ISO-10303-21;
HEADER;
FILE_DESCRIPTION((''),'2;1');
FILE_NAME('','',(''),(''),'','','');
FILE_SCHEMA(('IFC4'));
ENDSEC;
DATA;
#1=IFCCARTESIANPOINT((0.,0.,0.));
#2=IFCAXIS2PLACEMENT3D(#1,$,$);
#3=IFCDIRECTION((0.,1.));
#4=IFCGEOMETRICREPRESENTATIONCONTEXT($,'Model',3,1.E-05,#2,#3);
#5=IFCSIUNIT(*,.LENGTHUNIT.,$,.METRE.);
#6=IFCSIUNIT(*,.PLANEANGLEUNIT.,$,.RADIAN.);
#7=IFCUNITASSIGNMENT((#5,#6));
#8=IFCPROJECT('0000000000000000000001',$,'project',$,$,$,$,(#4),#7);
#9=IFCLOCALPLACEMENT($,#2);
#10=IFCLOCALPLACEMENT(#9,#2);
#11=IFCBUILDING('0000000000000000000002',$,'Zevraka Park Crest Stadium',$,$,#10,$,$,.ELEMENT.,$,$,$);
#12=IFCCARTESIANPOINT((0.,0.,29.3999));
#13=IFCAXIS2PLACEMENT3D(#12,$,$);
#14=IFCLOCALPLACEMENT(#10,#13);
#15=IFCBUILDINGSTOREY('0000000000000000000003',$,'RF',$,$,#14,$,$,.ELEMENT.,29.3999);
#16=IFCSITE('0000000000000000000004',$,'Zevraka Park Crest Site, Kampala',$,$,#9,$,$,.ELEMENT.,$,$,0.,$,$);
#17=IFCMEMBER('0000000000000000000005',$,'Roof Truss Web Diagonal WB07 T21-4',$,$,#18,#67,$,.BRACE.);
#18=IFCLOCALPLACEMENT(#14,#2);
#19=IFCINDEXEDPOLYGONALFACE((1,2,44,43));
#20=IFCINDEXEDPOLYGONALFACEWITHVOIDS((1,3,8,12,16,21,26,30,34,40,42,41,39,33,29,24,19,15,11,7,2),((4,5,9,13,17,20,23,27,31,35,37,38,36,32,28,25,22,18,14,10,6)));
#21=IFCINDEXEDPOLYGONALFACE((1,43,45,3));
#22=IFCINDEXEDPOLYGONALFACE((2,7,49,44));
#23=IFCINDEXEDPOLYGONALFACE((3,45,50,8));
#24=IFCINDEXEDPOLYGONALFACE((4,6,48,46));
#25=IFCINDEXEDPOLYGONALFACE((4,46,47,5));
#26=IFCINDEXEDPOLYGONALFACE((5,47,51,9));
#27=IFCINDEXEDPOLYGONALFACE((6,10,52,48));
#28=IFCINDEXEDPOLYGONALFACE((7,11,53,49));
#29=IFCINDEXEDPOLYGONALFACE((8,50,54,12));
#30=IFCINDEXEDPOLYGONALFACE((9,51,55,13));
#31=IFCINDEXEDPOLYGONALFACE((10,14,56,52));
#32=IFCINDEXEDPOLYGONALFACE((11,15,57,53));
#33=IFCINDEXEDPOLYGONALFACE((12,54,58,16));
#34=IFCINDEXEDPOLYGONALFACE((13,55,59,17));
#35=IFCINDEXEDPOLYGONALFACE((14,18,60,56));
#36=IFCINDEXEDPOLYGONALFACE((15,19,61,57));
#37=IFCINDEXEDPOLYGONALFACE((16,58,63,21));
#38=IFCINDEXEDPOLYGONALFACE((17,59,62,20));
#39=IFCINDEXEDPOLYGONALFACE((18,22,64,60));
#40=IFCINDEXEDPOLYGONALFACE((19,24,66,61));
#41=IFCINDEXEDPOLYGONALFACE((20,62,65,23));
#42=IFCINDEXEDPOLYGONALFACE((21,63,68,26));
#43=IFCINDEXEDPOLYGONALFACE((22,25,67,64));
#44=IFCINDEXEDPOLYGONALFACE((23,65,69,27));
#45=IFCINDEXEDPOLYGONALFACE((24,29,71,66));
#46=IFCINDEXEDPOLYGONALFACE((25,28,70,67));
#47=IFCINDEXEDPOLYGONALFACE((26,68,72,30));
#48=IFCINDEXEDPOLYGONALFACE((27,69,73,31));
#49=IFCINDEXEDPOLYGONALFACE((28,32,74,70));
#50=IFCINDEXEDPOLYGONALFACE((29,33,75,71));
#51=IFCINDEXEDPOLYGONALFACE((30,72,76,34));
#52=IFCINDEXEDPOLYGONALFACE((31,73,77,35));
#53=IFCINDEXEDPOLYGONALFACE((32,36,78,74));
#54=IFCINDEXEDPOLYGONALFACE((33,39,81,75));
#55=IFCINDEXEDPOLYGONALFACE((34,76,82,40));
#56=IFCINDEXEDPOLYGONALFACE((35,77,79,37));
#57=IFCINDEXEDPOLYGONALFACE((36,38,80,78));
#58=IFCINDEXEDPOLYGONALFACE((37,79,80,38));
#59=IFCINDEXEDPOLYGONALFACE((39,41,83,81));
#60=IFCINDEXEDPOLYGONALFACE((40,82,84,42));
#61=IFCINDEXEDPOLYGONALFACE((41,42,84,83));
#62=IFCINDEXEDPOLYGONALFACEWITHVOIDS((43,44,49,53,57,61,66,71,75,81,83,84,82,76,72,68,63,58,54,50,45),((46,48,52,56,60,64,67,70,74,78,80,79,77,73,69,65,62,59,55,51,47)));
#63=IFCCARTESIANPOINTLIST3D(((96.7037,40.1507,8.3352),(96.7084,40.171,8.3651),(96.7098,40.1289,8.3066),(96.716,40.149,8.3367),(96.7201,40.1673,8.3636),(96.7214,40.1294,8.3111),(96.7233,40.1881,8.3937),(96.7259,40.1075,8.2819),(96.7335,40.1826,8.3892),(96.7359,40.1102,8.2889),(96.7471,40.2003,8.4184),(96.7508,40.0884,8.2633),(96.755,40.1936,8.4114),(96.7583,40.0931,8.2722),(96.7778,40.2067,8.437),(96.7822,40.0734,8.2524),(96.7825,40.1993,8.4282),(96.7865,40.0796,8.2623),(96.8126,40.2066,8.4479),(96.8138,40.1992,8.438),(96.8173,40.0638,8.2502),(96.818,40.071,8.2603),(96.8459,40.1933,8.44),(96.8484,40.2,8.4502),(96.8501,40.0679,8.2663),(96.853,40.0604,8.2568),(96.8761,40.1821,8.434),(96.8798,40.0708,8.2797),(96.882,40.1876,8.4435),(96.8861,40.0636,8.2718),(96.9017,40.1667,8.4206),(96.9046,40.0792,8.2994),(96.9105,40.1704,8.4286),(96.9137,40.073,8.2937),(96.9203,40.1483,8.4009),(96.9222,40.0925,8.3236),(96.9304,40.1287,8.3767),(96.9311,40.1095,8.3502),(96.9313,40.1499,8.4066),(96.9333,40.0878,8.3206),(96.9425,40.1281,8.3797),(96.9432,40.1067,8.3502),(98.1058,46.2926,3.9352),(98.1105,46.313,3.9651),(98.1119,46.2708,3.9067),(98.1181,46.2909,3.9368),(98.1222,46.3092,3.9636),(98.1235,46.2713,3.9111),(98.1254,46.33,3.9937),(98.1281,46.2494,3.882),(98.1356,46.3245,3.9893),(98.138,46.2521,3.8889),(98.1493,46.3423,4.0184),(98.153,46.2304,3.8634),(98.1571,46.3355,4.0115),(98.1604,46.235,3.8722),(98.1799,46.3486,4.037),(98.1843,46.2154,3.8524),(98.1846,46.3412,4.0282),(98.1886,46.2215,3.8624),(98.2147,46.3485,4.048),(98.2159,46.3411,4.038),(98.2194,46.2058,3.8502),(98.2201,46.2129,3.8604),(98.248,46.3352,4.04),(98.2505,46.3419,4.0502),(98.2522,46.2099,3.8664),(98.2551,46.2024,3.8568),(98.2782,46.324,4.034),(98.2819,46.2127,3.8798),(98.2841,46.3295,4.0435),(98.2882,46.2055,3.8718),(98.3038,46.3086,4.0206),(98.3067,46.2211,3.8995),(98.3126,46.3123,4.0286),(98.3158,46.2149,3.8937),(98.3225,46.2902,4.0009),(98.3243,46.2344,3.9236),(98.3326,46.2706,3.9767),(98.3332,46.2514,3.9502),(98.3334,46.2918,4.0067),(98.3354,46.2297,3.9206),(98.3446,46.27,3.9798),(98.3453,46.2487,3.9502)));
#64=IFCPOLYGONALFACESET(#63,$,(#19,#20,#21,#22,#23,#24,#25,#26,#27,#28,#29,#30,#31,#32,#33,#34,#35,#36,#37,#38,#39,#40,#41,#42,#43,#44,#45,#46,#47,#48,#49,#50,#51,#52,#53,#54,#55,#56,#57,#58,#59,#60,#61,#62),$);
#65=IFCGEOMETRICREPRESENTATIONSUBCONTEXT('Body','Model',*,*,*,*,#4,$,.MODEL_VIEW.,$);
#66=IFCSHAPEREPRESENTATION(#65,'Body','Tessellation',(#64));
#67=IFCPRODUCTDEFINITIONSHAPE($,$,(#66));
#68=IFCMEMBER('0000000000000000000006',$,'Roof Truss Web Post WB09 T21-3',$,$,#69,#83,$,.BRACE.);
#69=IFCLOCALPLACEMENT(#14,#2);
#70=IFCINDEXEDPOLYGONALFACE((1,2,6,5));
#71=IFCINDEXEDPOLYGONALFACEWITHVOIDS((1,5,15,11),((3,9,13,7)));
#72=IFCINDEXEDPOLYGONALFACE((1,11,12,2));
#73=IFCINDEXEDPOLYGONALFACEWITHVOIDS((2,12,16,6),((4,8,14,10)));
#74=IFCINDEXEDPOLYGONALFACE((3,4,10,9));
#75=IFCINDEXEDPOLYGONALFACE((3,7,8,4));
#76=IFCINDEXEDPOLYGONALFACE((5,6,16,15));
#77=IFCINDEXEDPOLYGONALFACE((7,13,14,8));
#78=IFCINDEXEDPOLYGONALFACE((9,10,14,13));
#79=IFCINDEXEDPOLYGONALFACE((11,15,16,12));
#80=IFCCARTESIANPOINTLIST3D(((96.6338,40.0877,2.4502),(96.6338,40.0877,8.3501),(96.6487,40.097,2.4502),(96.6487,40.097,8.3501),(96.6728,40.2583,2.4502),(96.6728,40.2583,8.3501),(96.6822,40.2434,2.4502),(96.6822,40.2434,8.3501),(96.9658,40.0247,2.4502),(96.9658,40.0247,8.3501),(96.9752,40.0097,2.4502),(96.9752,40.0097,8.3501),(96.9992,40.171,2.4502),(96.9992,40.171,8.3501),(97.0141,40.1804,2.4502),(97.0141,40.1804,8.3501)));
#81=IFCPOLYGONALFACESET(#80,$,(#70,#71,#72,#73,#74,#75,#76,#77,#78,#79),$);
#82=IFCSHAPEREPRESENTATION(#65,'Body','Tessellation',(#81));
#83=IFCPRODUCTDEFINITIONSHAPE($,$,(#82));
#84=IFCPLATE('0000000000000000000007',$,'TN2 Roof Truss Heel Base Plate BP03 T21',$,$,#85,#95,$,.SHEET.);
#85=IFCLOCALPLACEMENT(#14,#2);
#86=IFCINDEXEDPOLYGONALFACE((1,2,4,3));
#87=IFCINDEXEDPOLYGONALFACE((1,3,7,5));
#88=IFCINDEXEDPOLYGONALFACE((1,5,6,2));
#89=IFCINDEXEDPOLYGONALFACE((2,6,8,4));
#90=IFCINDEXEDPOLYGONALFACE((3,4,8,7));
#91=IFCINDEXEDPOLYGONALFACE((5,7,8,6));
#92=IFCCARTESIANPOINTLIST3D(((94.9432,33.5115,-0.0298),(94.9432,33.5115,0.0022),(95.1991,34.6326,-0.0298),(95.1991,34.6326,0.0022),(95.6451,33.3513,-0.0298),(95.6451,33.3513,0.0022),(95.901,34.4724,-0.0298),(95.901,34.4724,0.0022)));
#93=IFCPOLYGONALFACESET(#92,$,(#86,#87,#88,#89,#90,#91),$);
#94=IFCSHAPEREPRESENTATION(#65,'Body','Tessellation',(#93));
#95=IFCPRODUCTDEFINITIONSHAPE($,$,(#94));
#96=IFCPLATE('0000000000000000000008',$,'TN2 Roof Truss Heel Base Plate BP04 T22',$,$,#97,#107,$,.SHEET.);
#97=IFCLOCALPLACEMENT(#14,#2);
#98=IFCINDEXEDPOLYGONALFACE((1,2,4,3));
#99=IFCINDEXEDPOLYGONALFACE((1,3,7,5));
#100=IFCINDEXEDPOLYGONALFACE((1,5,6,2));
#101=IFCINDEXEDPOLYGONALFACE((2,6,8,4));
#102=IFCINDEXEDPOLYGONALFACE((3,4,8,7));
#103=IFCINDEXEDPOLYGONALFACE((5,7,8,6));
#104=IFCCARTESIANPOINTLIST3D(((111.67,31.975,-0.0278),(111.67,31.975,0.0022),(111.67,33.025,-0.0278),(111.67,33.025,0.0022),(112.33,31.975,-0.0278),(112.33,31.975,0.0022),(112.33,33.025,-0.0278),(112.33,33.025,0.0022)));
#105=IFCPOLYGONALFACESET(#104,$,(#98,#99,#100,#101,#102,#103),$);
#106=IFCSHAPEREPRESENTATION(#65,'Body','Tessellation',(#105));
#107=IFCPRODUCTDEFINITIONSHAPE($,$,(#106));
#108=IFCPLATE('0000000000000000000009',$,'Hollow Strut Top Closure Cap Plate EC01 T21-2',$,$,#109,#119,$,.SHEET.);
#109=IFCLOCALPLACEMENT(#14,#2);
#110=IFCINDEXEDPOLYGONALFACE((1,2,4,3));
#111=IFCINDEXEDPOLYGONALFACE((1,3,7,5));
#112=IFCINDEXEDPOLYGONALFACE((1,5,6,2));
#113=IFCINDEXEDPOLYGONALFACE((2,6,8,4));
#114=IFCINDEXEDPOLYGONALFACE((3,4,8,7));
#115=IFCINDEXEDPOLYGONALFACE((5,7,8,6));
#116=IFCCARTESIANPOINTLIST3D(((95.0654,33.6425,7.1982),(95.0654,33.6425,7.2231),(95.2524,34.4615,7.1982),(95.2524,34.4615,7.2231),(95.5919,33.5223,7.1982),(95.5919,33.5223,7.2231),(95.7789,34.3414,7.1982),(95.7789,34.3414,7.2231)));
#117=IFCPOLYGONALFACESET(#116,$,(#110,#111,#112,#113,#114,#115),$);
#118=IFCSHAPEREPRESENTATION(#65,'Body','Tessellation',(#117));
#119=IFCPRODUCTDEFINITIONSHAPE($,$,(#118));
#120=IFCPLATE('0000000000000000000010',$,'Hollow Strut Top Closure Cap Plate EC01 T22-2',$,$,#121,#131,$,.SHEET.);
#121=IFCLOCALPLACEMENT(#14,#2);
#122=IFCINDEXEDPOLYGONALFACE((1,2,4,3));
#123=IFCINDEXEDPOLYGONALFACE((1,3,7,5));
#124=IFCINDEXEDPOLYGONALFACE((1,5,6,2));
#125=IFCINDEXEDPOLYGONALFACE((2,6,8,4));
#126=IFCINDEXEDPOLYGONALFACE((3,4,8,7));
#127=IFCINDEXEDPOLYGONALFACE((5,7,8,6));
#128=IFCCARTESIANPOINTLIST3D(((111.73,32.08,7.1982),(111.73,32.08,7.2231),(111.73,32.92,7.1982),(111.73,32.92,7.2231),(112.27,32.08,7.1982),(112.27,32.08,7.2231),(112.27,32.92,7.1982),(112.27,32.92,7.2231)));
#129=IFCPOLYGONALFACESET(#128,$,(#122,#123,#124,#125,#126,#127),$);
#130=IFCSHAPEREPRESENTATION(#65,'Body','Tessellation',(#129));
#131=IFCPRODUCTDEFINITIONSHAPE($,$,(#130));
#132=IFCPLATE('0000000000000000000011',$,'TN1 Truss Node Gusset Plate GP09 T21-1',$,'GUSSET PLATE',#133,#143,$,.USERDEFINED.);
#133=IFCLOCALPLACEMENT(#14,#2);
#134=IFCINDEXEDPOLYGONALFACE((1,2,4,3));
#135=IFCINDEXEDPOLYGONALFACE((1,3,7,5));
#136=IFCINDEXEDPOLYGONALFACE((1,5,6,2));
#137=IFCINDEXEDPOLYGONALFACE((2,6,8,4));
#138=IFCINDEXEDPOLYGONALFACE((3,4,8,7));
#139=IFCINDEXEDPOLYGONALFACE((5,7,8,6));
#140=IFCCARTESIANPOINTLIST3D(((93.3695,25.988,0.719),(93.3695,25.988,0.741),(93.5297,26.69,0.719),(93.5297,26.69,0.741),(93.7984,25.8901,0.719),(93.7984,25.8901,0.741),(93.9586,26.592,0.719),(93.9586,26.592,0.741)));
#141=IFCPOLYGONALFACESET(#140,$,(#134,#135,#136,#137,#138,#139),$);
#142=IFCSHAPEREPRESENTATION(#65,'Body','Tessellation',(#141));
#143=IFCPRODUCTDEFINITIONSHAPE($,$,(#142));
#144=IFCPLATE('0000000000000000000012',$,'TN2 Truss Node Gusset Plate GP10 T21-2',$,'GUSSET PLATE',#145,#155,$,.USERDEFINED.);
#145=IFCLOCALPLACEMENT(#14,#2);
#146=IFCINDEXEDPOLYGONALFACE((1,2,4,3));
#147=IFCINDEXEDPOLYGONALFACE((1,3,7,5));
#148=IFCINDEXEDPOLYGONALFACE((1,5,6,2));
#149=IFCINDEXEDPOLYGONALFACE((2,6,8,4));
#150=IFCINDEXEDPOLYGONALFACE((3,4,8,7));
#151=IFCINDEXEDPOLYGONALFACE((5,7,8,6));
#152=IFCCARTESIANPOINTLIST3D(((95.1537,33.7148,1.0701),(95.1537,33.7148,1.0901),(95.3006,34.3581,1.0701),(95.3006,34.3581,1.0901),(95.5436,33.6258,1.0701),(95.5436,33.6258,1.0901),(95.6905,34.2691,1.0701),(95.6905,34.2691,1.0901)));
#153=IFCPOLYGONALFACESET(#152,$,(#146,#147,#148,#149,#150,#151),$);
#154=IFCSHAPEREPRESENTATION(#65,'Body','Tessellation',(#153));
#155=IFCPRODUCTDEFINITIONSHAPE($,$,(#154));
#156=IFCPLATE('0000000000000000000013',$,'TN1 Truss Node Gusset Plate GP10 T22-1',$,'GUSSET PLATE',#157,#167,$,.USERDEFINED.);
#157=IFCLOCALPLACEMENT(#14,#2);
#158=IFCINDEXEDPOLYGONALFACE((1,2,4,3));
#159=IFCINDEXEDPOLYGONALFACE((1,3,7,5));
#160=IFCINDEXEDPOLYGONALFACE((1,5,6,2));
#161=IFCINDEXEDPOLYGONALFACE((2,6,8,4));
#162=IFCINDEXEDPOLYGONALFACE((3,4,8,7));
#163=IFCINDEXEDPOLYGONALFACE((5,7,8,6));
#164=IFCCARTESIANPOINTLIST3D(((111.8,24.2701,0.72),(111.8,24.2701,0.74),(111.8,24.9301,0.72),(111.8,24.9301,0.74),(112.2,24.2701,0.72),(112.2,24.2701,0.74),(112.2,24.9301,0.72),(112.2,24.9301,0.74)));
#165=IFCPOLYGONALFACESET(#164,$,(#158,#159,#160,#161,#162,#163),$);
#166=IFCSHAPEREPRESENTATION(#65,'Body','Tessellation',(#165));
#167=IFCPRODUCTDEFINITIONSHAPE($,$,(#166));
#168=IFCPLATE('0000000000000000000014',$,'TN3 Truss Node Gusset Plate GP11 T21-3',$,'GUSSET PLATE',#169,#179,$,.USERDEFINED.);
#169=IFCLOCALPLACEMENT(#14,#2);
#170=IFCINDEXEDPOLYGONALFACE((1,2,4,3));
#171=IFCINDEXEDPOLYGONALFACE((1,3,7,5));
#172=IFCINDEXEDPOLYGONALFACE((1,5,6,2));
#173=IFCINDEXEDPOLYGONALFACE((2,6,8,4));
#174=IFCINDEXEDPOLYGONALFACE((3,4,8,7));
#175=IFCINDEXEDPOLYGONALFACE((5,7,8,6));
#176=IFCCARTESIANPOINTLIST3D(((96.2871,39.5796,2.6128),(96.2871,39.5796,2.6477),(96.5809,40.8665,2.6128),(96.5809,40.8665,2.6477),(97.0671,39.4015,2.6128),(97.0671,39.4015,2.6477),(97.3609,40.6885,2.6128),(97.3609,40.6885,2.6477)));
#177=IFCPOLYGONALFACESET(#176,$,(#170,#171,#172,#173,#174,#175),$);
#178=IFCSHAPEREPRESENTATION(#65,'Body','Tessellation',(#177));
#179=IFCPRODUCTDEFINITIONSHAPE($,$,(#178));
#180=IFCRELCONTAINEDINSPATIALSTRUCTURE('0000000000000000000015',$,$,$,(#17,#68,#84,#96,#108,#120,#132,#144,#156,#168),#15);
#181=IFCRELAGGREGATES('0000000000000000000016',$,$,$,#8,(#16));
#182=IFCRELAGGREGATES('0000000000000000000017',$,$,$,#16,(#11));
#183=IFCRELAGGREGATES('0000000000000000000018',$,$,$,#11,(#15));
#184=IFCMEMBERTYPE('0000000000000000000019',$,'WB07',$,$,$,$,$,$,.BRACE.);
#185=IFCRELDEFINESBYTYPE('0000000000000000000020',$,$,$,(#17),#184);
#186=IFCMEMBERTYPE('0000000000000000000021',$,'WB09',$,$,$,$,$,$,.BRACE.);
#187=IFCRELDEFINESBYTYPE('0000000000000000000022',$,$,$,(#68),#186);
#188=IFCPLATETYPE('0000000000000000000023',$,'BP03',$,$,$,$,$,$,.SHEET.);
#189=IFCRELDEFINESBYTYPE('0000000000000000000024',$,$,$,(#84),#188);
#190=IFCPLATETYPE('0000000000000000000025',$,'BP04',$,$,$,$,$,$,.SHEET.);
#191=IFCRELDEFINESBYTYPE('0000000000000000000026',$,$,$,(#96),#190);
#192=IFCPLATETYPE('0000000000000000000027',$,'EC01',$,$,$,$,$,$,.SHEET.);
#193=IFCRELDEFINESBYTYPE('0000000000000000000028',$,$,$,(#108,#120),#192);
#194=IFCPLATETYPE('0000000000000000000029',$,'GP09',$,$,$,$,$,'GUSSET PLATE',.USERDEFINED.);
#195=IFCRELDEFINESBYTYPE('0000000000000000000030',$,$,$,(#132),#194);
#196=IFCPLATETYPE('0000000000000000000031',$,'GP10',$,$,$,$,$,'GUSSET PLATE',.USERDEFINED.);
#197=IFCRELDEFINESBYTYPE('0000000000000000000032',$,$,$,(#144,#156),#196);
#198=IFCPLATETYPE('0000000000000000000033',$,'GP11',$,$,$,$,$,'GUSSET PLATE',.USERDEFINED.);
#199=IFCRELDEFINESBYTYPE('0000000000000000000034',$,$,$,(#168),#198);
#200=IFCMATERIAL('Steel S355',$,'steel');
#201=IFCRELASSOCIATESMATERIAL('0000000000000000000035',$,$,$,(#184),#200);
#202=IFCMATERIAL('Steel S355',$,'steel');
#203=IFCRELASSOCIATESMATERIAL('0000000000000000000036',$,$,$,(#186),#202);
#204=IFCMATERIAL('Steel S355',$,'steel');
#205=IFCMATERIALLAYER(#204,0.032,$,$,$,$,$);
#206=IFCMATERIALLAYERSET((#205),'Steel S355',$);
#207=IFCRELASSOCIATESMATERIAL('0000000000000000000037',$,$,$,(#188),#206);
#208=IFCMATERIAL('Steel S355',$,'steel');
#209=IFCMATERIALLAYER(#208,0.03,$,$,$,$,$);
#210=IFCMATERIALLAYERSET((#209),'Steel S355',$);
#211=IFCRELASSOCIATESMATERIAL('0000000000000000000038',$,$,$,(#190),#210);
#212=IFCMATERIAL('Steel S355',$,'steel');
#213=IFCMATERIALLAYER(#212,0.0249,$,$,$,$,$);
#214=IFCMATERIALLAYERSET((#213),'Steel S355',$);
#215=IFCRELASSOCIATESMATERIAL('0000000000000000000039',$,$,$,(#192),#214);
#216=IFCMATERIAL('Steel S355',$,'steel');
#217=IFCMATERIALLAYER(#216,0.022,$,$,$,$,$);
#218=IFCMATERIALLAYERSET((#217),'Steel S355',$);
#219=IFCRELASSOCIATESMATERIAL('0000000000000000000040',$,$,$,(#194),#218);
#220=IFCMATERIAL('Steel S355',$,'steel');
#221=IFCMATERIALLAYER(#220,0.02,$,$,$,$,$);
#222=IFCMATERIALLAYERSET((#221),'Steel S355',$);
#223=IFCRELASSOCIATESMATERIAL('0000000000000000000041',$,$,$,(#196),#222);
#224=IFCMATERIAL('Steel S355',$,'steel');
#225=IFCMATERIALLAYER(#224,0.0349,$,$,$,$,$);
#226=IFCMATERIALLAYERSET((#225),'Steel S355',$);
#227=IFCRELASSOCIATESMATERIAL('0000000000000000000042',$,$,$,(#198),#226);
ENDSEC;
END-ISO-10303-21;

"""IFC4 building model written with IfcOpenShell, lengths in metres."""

from ifc_helpers import new_model, si_unit, direction, frame, origin, origin_2d, place, context, subcontext, project, spatial, rectangle, hollow_rectangle, hollow_circle, extrude, material, layer, layer_set, material_profile, profile_set, type_object, element, save


model = new_model("IFC4")

# Units and contexts
model_context = context("Model", 3, precision=1e-05, world=origin(), true_north=direction((0.0, 1.0)))
body_context = subcontext(model_context, "Body", "Model", "MODEL_VIEW")
ifc_project = project(units=[si_unit("LENGTHUNIT", "METRE"), si_unit("PLANEANGLEUNIT", "RADIAN")], contexts=[model_context])

# Site, building, storey
site_placement = place(None, origin())
site = spatial("IfcSite", under=ifc_project, at=site_placement, Name="Zevraka Park Crest Site, Kampala", CompositionType="ELEMENT", RefElevation=0.0)
building_placement = place(site_placement, origin())
building = spatial("IfcBuilding", under=site, at=building_placement, Name="Zevraka Park Crest Stadium", CompositionType="ELEMENT")
storey_placement = place(building_placement, frame((0.0, 0.0, 29.3999)))
storey = spatial("IfcBuildingStorey", under=building, at=storey_placement, Name="RF", CompositionType="ELEMENT", Elevation=29.3999)

# Members
ifc_material_1 = material(Name="Steel S355", Category="steel")
ifc_material_profile_1 = material_profile(ifc_material_1, hollow_circle(Radius=0.1223, WallThickness=0.0125, at=origin_2d()), Name="CHS 244.5x12.5")
ifc_profile_set_1 = profile_set([ifc_material_profile_1], Name="Steel S355")
member_type_1 = type_object("IfcMemberType", Name="WB07", PredefinedType="BRACE", material=ifc_profile_set_1)
member_1_placement = place(storey_placement, frame((98.2261, 46.2759, 3.9502), z_axis=(-0.182465, -0.79928, 0.572589), x_axis=(0.974919, -0.222561, 0.0)))
element("IfcMember", 1, at=member_1_placement, inside=storey, type_object=member_type_1, Name="Roof Truss Web Diagonal WB07 T21-4", PredefinedType="BRACE", context=body_context, shape_type="SweptSolid", body=[
    extrude(hollow_circle(Radius=0.1223, WallThickness=0.0125, at=origin_2d()), origin(), (0.0, 0.0, 1.0), 7.6843),
])
ifc_material_2 = material(Name="Steel S355", Category="steel")
ifc_material_profile_2 = material_profile(ifc_material_2, hollow_rectangle(XDim=0.175, YDim=0.3501, WallThickness=0.0125, at=origin_2d()), Name="RHS 350x175x12.5")
ifc_profile_set_2 = profile_set([ifc_material_profile_2], Name="Steel S355")
member_type_2 = type_object("IfcMemberType", Name="WB09", PredefinedType="BRACE", material=ifc_profile_set_2)
member_2_placement = place(storey_placement, frame((96.824, 40.134, 2.4502), z_axis=(0.0, 0.0, 1.0), x_axis=(0.22257, 0.974917, 0.0)))
element("IfcMember", 2, at=member_2_placement, inside=storey, type_object=member_type_2, Name="Roof Truss Web Post WB09 T21-3", PredefinedType="BRACE", context=body_context, shape_type="SweptSolid", body=[
    extrude(hollow_rectangle(XDim=0.175, YDim=0.3501, WallThickness=0.0125, at=origin_2d()), origin(), (0.0, 0.0, 1.0), 5.8999),
])

# Plates
ifc_material_3 = material(Name="Steel S355", Category="steel")
ifc_layer_1 = layer(ifc_material_3, 0.032)
ifc_layer_set_1 = layer_set([ifc_layer_1], Name="Steel S355")
plate_type_1 = type_object("IfcPlateType", Name="BP03", PredefinedType="SHEET", material=ifc_layer_set_1)
plate_1_placement = place(storey_placement, frame((95.4221, 33.9919, -0.0298), z_axis=(0.0, 0.0, 1.0), x_axis=(0.22257, 0.974917, 0.0)))
element("IfcPlate", 3, at=plate_1_placement, inside=storey, type_object=plate_type_1, Name="TN2 Roof Truss Heel Base Plate BP03 T21", PredefinedType="SHEET", context=body_context, shape_type="SweptSolid", body=[
    extrude(rectangle(XDim=1.1499, YDim=0.72, at=origin_2d()), origin(), (0.0, 0.0, 1.0), 0.032),
])
ifc_material_4 = material(Name="Steel S355", Category="steel")
ifc_layer_2 = layer(ifc_material_4, 0.03)
ifc_layer_set_2 = layer_set([ifc_layer_2], Name="Steel S355")
plate_type_2 = type_object("IfcPlateType", Name="BP04", PredefinedType="SHEET", material=ifc_layer_set_2)
plate_2_placement = place(storey_placement, frame((112.0, 32.5, -0.0278), z_axis=(0.0, 0.0, 1.0), x_axis=(0.0, 1.0, 0.0)))
element("IfcPlate", 4, at=plate_2_placement, inside=storey, type_object=plate_type_2, Name="TN2 Roof Truss Heel Base Plate BP04 T22", PredefinedType="SHEET", context=body_context, shape_type="SweptSolid", body=[
    extrude(rectangle(XDim=1.05, YDim=0.6599, at=origin_2d()), origin(), (0.0, 0.0, 1.0), 0.03),
])
ifc_material_5 = material(Name="Steel S355", Category="steel")
ifc_layer_3 = layer(ifc_material_5, 0.0249)
ifc_layer_set_3 = layer_set([ifc_layer_3], Name="Steel S355")
plate_type_3 = type_object("IfcPlateType", Name="EC01", PredefinedType="SHEET", material=ifc_layer_set_3)
for number, where, z_axis, x_axis, name in (
    (5, (95.4221, 33.9919, 7.1982), (0.0, 0.0, 1.0), (0.22257, 0.974917, 0.0), "Hollow Strut Top Closure Cap Plate EC01 T21-2"),
    (6, (112.0, 32.5, 7.1982), (0.0, 0.0, 1.0), (0.0, 1.0, 0.0), "Hollow Strut Top Closure Cap Plate EC01 T22-2"),
):
    element("IfcPlate", number, at=place(storey_placement, frame(where, z_axis=z_axis, x_axis=x_axis)), inside=storey, type_object=plate_type_3, Name=name, PredefinedType="SHEET", context=body_context, shape_type="SweptSolid", body=[
        extrude(rectangle(XDim=0.8401, YDim=0.54, at=origin_2d()), origin(), (0.0, 0.0, 1.0), 0.0249),
    ])
ifc_material_6 = material(Name="Steel S355", Category="steel")
ifc_layer_4 = layer(ifc_material_6, 0.022)
ifc_layer_set_4 = layer_set([ifc_layer_4], Name="Steel S355")
plate_type_4 = type_object("IfcPlateType", Name="GP09", ElementType="GUSSET PLATE", PredefinedType="USERDEFINED", material=ifc_layer_set_4)
plate_3_placement = place(storey_placement, frame((93.6641, 26.29, 0.719), z_axis=(0.0, 0.0, 1.0), x_axis=(0.22257, 0.974917, 0.0)))
element("IfcPlate", 7, at=plate_3_placement, inside=storey, type_object=plate_type_4, Name="TN1 Truss Node Gusset Plate GP09 T21-1", ObjectType="GUSSET PLATE", PredefinedType="USERDEFINED", context=body_context, shape_type="SweptSolid", body=[
    extrude(rectangle(XDim=0.72, YDim=0.4399, at=origin_2d()), origin(), (0.0, 0.0, 1.0), 0.022),
])
ifc_material_7 = material(Name="Steel S355", Category="steel")
ifc_layer_5 = layer(ifc_material_7, 0.02)
ifc_layer_set_5 = layer_set([ifc_layer_5], Name="Steel S355")
plate_type_5 = type_object("IfcPlateType", Name="GP10", ElementType="GUSSET PLATE", PredefinedType="USERDEFINED", material=ifc_layer_set_5)
for number, where, z_axis, x_axis, name in (
    (8, (95.4221, 33.9919, 1.0701), (0.0, 0.0, 1.0), (0.22257, 0.974917, 0.0), "TN2 Truss Node Gusset Plate GP10 T21-2"),
    (9, (112.0, 24.6001, 0.72), (0.0, 0.0, 1.0), (0.0, 1.0, 0.0), "TN1 Truss Node Gusset Plate GP10 T22-1"),
):
    element("IfcPlate", number, at=place(storey_placement, frame(where, z_axis=z_axis, x_axis=x_axis)), inside=storey, type_object=plate_type_5, Name=name, ObjectType="GUSSET PLATE", PredefinedType="USERDEFINED", context=body_context, shape_type="SweptSolid", body=[
        extrude(rectangle(XDim=0.6599, YDim=0.3999, at=origin_2d()), origin(), (0.0, 0.0, 1.0), 0.02),
    ])
ifc_material_8 = material(Name="Steel S355", Category="steel")
ifc_layer_6 = layer(ifc_material_8, 0.0349)
ifc_layer_set_6 = layer_set([ifc_layer_6], Name="Steel S355")
plate_type_6 = type_object("IfcPlateType", Name="GP11", ElementType="GUSSET PLATE", PredefinedType="USERDEFINED", material=ifc_layer_set_6)
plate_4_placement = place(storey_placement, frame((96.824, 40.134, 2.6128), z_axis=(0.0, 0.0, 1.0), x_axis=(0.22257, 0.974917, 0.0)))
element("IfcPlate", 10, at=plate_4_placement, inside=storey, type_object=plate_type_6, Name="TN3 Truss Node Gusset Plate GP11 T21-3", ObjectType="GUSSET PLATE", PredefinedType="USERDEFINED", context=body_context, shape_type="SweptSolid", body=[
    extrude(rectangle(XDim=1.3201, YDim=0.8, at=origin_2d()), origin(), (0.0, 0.0, 1.0), 0.0349),
])

save(model, "model.ifc")
